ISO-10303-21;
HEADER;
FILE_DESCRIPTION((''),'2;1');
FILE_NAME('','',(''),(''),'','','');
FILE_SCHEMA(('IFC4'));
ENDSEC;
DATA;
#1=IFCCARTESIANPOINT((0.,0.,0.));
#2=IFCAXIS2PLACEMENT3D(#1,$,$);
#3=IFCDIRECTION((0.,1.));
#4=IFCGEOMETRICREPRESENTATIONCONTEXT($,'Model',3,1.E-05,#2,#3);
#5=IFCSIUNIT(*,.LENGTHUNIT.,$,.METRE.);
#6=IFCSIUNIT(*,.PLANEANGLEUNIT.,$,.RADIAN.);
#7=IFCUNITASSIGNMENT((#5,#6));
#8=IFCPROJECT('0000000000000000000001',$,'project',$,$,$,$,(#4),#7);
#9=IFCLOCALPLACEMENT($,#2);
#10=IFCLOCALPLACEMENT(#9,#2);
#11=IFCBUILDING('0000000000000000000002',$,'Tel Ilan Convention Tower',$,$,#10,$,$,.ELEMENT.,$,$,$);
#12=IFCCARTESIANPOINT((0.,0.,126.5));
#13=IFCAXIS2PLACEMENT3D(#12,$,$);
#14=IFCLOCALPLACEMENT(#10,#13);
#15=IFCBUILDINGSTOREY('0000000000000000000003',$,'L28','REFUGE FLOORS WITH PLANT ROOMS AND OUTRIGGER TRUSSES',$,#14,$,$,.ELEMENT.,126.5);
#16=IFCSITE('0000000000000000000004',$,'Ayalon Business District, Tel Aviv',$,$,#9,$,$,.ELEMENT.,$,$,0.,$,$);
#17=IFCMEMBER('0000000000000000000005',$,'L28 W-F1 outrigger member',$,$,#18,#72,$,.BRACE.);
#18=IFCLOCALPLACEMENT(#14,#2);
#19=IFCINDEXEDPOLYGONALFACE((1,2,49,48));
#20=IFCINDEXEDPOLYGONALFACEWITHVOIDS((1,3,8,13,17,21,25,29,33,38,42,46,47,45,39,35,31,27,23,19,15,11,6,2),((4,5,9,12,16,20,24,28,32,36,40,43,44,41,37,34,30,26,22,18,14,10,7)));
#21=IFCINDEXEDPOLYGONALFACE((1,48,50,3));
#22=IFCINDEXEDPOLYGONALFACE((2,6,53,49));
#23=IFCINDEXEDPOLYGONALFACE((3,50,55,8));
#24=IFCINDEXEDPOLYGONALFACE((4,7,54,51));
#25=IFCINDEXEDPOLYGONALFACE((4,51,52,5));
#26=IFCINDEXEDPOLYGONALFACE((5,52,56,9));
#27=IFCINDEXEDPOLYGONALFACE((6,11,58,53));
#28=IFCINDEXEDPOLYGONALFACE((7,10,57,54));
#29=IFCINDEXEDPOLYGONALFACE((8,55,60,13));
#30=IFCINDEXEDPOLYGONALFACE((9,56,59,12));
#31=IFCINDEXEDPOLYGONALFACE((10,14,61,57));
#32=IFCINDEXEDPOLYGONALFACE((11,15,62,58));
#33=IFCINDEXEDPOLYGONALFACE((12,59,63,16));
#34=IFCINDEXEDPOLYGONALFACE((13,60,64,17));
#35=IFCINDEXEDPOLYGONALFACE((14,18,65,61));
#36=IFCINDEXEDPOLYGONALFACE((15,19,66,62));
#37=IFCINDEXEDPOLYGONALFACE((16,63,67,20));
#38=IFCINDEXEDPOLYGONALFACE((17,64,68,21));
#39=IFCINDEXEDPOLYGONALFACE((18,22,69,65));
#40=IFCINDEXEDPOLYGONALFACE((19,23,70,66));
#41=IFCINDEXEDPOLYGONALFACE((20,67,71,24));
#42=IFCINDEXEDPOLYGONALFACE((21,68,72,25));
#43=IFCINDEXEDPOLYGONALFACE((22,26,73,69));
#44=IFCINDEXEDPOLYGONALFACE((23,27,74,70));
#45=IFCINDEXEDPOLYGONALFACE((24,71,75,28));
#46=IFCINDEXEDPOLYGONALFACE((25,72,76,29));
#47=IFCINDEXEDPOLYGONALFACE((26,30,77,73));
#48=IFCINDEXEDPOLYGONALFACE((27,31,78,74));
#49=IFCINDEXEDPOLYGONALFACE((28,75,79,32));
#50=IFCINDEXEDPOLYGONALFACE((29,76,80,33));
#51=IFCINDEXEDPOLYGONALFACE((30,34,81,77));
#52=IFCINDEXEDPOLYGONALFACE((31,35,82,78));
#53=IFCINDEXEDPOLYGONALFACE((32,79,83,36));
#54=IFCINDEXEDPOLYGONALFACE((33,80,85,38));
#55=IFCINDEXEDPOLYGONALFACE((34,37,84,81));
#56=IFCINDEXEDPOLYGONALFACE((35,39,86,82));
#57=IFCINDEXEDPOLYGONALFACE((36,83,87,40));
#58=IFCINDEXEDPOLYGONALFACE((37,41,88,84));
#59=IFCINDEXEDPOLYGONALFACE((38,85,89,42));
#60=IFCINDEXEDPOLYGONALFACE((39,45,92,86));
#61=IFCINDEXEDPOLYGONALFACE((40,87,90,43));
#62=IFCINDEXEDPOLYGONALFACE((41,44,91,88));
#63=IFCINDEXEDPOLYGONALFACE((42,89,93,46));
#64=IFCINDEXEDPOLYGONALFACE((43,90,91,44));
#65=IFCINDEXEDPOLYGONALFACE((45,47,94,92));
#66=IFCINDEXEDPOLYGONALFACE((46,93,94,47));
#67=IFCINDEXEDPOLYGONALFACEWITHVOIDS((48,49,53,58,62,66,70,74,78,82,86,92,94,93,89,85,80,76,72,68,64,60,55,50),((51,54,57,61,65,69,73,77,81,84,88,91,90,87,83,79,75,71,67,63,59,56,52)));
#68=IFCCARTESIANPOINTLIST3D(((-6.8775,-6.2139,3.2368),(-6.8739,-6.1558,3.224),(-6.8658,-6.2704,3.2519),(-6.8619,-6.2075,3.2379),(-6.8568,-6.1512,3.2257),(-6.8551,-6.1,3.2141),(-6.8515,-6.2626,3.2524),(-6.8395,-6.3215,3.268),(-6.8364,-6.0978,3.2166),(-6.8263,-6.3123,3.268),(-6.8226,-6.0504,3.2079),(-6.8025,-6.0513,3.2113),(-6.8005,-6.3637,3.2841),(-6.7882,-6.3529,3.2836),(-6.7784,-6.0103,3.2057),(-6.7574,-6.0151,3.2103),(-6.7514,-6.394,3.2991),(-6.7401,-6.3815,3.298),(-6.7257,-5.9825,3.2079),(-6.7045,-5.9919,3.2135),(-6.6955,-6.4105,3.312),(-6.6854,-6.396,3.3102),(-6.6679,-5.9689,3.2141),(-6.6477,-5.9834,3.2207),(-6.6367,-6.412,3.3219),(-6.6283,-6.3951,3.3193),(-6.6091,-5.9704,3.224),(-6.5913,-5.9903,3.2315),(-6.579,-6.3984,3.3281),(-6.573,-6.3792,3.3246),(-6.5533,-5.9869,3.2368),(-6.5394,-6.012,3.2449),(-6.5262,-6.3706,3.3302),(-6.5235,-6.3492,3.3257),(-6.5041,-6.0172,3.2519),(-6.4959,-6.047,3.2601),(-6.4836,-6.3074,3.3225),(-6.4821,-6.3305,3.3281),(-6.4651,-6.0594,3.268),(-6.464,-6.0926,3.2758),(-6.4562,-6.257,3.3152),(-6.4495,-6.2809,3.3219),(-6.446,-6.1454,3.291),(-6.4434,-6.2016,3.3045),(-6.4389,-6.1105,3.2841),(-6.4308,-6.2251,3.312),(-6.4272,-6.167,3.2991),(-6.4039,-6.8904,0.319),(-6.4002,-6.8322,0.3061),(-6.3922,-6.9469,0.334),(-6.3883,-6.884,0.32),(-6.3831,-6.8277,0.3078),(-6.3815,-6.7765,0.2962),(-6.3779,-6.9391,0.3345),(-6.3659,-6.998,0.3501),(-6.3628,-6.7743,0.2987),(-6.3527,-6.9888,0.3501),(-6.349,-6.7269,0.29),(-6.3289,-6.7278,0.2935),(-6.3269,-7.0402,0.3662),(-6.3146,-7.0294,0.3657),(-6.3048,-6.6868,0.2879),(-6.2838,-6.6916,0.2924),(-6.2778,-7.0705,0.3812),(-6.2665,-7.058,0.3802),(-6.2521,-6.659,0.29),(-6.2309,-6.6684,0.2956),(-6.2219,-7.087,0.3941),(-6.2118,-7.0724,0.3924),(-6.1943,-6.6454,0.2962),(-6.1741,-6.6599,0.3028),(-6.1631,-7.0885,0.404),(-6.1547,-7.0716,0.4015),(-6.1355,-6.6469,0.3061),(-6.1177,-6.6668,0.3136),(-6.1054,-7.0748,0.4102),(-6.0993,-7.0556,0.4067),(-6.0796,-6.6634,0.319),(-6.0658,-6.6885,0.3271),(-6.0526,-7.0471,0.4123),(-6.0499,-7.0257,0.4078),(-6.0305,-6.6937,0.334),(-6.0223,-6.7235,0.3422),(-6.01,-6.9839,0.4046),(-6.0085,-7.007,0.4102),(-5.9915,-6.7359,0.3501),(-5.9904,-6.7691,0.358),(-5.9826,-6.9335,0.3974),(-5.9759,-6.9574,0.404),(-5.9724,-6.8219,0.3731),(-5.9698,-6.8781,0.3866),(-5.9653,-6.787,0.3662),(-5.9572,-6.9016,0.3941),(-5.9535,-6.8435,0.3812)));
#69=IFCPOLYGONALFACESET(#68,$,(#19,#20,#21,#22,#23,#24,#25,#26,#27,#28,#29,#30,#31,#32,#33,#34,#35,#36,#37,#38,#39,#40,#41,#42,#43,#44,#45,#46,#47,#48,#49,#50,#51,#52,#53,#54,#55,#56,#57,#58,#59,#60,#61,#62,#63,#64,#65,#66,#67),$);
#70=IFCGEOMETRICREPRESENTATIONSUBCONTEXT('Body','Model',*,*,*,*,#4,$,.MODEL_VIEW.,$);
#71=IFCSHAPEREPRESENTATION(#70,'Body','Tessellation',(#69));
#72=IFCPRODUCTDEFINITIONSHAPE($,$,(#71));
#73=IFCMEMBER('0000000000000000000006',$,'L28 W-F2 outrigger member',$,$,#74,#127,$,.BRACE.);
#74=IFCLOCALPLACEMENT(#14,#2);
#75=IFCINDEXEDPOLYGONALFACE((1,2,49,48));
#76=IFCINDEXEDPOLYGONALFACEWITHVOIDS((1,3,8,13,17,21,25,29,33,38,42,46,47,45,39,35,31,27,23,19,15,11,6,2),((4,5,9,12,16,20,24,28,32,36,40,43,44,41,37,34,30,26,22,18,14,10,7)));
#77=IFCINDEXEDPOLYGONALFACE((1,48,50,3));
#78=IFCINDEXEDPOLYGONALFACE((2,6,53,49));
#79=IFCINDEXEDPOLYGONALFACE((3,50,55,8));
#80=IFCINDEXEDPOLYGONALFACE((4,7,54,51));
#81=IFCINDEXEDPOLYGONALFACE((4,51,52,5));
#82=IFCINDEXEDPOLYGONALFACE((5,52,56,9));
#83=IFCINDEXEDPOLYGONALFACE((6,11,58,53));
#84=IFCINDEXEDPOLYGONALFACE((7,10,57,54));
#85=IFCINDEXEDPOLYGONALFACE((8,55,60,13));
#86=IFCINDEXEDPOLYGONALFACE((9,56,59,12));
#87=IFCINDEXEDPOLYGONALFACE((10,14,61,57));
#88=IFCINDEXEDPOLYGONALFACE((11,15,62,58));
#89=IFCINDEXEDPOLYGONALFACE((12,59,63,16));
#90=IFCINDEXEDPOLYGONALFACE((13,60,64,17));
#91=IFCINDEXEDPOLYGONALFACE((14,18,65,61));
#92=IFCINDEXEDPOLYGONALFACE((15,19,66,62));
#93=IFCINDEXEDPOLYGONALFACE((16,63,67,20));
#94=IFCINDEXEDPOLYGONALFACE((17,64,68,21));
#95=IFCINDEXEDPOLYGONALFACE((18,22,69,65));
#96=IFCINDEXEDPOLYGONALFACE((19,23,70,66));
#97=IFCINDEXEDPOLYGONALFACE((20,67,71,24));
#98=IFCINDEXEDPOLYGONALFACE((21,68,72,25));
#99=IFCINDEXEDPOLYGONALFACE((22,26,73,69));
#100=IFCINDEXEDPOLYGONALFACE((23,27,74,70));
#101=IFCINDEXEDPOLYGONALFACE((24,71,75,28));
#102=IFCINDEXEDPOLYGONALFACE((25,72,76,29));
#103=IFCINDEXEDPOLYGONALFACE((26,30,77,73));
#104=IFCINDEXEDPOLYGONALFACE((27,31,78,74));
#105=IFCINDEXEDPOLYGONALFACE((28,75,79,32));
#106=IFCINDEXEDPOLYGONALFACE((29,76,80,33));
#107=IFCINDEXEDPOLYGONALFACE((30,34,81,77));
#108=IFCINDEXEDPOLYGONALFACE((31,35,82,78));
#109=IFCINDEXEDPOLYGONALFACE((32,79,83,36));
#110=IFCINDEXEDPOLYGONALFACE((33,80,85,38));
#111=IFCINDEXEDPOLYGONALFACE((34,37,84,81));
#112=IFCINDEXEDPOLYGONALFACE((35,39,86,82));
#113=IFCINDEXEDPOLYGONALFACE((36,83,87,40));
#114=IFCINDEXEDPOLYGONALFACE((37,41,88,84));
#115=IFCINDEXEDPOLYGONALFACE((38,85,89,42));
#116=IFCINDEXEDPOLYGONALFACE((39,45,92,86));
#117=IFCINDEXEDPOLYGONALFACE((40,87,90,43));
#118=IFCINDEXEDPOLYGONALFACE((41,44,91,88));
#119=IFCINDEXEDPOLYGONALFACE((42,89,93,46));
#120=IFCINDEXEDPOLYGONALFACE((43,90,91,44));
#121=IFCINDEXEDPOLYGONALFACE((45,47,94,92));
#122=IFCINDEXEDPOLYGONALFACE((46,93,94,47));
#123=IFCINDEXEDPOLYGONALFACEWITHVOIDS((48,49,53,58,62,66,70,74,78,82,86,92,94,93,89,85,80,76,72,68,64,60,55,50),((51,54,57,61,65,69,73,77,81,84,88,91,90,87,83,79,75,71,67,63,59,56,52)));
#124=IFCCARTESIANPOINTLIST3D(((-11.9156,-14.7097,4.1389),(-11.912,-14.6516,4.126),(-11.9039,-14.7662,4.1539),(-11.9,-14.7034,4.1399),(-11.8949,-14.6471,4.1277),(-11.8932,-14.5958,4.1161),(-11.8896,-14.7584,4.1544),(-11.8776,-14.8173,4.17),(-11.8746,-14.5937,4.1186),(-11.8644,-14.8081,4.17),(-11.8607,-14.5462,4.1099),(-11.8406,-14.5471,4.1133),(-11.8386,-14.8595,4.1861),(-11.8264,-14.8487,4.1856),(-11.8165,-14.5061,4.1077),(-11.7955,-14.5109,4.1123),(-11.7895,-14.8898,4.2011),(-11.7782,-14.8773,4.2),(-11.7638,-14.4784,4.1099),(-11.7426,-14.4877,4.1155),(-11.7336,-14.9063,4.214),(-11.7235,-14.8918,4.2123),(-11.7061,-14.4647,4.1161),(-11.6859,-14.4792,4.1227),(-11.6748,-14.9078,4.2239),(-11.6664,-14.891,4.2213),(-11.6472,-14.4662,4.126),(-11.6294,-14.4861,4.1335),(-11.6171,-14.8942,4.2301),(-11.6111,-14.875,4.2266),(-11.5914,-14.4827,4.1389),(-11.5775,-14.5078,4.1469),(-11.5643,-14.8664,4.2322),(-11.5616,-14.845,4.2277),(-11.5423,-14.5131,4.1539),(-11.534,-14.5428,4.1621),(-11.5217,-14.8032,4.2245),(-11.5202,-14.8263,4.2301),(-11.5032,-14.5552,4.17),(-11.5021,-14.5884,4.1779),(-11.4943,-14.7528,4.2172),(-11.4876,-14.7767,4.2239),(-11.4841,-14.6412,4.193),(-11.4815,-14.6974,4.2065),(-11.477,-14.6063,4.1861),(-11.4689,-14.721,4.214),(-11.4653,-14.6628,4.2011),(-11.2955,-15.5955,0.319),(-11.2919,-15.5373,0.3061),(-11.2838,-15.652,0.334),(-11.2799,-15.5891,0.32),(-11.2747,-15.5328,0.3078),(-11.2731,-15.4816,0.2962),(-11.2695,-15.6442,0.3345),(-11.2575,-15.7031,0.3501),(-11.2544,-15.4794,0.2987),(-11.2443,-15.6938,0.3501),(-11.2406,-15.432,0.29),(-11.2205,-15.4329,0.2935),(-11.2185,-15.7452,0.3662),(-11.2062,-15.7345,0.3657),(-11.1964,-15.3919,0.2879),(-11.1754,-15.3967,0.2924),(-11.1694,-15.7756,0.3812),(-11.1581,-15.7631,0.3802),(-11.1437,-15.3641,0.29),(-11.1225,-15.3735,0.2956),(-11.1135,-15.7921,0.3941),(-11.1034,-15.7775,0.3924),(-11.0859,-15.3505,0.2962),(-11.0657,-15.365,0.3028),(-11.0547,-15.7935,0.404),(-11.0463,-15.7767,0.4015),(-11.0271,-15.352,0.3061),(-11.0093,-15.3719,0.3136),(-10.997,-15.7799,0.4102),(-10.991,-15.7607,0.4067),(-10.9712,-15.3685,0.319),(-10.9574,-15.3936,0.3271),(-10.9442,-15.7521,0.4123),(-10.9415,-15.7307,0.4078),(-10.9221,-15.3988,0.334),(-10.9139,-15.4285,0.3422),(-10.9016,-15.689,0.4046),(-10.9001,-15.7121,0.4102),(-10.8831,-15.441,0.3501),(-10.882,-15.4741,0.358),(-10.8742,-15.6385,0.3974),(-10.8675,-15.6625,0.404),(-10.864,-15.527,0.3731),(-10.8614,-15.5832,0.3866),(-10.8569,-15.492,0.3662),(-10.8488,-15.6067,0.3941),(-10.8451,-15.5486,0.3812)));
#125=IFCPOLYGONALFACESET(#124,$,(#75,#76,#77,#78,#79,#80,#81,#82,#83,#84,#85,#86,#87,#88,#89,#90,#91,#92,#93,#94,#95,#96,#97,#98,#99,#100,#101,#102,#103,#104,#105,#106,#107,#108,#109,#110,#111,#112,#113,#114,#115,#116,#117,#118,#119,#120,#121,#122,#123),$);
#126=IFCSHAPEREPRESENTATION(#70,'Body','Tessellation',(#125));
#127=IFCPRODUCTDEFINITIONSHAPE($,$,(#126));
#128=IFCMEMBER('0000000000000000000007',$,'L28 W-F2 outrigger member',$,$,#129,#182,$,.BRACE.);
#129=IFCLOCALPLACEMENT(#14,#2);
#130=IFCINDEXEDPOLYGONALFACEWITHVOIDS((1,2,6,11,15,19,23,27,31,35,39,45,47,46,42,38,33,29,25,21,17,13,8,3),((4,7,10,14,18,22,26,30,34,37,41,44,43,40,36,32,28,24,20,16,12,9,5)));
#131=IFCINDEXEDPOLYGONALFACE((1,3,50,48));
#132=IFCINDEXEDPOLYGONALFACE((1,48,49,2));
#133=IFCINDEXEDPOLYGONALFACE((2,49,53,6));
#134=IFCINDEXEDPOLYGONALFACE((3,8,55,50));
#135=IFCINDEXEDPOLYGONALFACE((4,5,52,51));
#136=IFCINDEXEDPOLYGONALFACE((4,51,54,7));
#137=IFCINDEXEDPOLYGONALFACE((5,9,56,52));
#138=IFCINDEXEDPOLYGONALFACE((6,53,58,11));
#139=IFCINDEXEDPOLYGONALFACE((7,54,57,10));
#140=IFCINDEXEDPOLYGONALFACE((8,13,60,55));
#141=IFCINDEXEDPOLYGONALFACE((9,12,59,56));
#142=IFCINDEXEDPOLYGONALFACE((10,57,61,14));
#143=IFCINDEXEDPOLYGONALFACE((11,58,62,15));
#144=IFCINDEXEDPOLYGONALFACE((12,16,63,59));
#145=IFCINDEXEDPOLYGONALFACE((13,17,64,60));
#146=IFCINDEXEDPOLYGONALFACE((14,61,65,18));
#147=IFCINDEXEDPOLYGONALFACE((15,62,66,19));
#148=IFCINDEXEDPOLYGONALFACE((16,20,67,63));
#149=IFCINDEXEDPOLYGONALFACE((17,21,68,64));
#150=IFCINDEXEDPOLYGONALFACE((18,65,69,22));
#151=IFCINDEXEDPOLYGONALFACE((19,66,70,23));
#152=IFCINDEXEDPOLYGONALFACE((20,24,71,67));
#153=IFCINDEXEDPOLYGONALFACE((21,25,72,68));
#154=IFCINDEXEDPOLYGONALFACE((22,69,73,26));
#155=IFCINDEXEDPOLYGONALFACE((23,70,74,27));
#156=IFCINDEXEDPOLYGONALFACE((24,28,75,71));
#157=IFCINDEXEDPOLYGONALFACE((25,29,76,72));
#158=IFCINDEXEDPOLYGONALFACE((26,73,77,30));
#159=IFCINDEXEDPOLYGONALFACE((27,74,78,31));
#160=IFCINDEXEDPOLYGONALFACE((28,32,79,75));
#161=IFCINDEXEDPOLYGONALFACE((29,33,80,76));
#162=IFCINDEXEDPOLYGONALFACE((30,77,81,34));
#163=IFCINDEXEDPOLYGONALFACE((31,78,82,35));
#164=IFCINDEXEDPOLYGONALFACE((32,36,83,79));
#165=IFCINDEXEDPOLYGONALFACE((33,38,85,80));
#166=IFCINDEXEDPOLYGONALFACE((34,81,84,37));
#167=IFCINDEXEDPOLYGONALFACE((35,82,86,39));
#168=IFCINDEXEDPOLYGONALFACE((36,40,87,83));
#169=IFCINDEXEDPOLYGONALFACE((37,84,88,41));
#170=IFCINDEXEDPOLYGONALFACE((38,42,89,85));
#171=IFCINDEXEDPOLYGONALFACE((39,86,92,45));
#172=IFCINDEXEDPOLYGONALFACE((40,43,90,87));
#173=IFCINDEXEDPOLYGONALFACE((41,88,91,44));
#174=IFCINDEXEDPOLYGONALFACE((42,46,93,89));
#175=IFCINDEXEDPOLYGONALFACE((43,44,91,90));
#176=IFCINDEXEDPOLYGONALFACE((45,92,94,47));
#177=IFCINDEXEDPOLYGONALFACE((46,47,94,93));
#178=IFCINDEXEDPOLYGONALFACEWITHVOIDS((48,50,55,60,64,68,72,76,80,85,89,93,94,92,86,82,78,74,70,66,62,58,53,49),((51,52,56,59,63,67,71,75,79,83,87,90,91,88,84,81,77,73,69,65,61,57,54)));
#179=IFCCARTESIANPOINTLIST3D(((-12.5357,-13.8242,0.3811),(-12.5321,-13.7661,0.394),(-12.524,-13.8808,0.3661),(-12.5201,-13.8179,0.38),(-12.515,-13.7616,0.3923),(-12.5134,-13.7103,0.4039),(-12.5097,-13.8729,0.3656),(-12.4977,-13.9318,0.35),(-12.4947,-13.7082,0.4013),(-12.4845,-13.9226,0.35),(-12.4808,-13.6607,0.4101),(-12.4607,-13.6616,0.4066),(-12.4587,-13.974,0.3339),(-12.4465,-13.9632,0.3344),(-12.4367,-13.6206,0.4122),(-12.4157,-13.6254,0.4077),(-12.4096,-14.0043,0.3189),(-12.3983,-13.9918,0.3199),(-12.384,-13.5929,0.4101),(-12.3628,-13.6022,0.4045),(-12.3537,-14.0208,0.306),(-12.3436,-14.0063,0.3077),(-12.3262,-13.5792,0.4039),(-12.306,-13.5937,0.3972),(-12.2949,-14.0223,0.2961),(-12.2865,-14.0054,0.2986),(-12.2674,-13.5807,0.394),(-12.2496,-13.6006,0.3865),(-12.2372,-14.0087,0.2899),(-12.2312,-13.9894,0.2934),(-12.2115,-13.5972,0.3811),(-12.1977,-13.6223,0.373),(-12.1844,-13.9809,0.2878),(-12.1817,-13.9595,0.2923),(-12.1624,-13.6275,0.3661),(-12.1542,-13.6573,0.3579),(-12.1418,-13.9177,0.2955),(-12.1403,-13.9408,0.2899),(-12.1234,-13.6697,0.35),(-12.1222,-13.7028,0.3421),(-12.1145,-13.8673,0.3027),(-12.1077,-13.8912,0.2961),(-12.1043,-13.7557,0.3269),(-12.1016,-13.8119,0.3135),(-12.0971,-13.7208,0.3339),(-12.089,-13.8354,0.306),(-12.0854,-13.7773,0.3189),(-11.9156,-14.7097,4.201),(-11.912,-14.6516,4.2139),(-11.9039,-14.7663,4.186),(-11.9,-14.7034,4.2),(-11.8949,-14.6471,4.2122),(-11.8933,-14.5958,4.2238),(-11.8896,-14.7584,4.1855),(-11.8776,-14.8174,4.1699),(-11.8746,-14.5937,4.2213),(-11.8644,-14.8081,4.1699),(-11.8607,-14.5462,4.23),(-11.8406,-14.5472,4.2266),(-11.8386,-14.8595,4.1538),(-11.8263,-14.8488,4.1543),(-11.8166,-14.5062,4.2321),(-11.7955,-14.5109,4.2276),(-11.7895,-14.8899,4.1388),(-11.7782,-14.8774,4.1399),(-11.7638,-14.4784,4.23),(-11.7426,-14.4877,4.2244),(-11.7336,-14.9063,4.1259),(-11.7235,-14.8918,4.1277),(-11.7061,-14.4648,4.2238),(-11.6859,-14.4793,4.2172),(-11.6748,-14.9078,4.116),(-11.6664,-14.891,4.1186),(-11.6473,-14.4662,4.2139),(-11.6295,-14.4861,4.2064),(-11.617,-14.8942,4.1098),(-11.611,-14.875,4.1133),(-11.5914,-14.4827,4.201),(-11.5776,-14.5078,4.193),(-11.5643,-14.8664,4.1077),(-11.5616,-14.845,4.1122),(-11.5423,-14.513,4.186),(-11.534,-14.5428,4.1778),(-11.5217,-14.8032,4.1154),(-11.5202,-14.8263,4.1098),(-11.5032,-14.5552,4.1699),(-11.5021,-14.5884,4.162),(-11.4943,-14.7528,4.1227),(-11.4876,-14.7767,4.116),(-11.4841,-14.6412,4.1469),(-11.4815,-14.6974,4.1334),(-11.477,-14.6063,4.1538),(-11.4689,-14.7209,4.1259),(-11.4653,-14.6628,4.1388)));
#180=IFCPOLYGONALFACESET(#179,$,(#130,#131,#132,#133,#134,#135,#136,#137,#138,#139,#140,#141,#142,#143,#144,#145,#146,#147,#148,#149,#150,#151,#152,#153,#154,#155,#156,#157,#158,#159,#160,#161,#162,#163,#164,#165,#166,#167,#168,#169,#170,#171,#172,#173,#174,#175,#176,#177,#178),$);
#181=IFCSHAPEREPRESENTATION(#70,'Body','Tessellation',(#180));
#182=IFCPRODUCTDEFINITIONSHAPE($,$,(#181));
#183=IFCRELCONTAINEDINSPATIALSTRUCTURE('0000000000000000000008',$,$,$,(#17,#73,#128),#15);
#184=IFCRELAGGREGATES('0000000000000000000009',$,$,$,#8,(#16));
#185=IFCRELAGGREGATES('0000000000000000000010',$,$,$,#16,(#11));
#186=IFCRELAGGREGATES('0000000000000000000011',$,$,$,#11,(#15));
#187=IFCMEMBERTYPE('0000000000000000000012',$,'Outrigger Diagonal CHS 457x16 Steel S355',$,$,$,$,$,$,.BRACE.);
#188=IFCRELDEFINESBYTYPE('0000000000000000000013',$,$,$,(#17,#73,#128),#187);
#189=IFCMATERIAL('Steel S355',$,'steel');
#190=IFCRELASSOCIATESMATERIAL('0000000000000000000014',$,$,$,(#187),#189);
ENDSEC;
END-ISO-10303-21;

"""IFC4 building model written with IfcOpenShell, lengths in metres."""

from ifc_helpers import new_model, si_unit, direction, frame, origin, origin_2d, place, context, subcontext, project, spatial, hollow_circle, extrude, material, material_profile, profile_set, type_object, element, save


model = new_model("IFC4")

# Units and contexts
model_context = context("Model", 3, precision=1e-05, world=origin(), true_north=direction((0.0, 1.0)))
body_context = subcontext(model_context, "Body", "Model", "MODEL_VIEW")
ifc_project = project(units=[si_unit("LENGTHUNIT", "METRE"), si_unit("PLANEANGLEUNIT", "RADIAN")], contexts=[model_context])

# Site, building, storey
site_placement = place(None, origin())
site = spatial("IfcSite", under=ifc_project, at=site_placement, Name="Ayalon Business District, Tel Aviv", CompositionType="ELEMENT", RefElevation=0.0)
building_placement = place(site_placement, origin())
building = spatial("IfcBuilding", under=site, at=building_placement, Name="Tel Ilan Convention Tower", CompositionType="ELEMENT")
storey_placement = place(building_placement, frame((0.0, 0.0, 126.5)))
storey = spatial("IfcBuildingStorey", under=building, at=storey_placement, Name="L28", Description="REFUGE FLOORS WITH PLANT ROOMS AND OUTRIGGER TRUSSES", CompositionType="ELEMENT", Elevation=126.5)

# Members
ifc_material_1 = material(Name="Steel S355", Category="steel")
ifc_material_profile_1 = material_profile(ifc_material_1, hollow_circle(Radius=0.2285, WallThickness=0.0161, at=origin_2d()), Name="CHS 457x16")
ifc_profile_set_1 = profile_set([ifc_material_profile_1], Name="Steel S355")
member_type_1 = type_object("IfcMemberType", Name="Outrigger Diagonal CHS 457x16 Steel S355", PredefinedType="BRACE", material=ifc_profile_set_1)
member_1_placement = place(storey_placement, frame((-6.1787, -6.8669, 0.3501), z_axis=(-0.156181, 0.223082, 0.962207), x_axis=(-0.81919, -0.573522, 0.0)))
element("IfcMember", 1, at=member_1_placement, inside=storey, type_object=member_type_1, Name="L28 W-F1 outrigger member", PredefinedType="BRACE", context=body_context, shape_type="SweptSolid", body=[
    extrude(hollow_circle(Radius=0.2285, WallThickness=0.0161, at=origin_2d()), origin(), (0.0, 0.0, 1.0), 3.0325),
])
for number, where, z_axis, x_axis, name in (
    (2, (-11.0703, -15.572, 0.3501), (-0.156205, 0.223114, 0.962195), (-0.819189, -0.573523, 0.0), "L28 W-F2 outrigger member"),
    (3, (-11.6904, -14.6863, 4.1699), (-0.156207, 0.223056, -0.962209), (-0.819115, -0.573629, 0.0), "L28 W-F2 outrigger member"),
):
    element("IfcMember", number, at=place(storey_placement, frame(where, z_axis=z_axis, x_axis=x_axis)), inside=storey, type_object=member_type_1, Name=name, PredefinedType="BRACE", context=body_context, shape_type="SweptSolid", body=[
        extrude(hollow_circle(Radius=0.2285, WallThickness=0.0161, at=origin_2d()), origin(), (0.0, 0.0, 1.0), 3.97),
    ])

save(model, "model.ifc")
